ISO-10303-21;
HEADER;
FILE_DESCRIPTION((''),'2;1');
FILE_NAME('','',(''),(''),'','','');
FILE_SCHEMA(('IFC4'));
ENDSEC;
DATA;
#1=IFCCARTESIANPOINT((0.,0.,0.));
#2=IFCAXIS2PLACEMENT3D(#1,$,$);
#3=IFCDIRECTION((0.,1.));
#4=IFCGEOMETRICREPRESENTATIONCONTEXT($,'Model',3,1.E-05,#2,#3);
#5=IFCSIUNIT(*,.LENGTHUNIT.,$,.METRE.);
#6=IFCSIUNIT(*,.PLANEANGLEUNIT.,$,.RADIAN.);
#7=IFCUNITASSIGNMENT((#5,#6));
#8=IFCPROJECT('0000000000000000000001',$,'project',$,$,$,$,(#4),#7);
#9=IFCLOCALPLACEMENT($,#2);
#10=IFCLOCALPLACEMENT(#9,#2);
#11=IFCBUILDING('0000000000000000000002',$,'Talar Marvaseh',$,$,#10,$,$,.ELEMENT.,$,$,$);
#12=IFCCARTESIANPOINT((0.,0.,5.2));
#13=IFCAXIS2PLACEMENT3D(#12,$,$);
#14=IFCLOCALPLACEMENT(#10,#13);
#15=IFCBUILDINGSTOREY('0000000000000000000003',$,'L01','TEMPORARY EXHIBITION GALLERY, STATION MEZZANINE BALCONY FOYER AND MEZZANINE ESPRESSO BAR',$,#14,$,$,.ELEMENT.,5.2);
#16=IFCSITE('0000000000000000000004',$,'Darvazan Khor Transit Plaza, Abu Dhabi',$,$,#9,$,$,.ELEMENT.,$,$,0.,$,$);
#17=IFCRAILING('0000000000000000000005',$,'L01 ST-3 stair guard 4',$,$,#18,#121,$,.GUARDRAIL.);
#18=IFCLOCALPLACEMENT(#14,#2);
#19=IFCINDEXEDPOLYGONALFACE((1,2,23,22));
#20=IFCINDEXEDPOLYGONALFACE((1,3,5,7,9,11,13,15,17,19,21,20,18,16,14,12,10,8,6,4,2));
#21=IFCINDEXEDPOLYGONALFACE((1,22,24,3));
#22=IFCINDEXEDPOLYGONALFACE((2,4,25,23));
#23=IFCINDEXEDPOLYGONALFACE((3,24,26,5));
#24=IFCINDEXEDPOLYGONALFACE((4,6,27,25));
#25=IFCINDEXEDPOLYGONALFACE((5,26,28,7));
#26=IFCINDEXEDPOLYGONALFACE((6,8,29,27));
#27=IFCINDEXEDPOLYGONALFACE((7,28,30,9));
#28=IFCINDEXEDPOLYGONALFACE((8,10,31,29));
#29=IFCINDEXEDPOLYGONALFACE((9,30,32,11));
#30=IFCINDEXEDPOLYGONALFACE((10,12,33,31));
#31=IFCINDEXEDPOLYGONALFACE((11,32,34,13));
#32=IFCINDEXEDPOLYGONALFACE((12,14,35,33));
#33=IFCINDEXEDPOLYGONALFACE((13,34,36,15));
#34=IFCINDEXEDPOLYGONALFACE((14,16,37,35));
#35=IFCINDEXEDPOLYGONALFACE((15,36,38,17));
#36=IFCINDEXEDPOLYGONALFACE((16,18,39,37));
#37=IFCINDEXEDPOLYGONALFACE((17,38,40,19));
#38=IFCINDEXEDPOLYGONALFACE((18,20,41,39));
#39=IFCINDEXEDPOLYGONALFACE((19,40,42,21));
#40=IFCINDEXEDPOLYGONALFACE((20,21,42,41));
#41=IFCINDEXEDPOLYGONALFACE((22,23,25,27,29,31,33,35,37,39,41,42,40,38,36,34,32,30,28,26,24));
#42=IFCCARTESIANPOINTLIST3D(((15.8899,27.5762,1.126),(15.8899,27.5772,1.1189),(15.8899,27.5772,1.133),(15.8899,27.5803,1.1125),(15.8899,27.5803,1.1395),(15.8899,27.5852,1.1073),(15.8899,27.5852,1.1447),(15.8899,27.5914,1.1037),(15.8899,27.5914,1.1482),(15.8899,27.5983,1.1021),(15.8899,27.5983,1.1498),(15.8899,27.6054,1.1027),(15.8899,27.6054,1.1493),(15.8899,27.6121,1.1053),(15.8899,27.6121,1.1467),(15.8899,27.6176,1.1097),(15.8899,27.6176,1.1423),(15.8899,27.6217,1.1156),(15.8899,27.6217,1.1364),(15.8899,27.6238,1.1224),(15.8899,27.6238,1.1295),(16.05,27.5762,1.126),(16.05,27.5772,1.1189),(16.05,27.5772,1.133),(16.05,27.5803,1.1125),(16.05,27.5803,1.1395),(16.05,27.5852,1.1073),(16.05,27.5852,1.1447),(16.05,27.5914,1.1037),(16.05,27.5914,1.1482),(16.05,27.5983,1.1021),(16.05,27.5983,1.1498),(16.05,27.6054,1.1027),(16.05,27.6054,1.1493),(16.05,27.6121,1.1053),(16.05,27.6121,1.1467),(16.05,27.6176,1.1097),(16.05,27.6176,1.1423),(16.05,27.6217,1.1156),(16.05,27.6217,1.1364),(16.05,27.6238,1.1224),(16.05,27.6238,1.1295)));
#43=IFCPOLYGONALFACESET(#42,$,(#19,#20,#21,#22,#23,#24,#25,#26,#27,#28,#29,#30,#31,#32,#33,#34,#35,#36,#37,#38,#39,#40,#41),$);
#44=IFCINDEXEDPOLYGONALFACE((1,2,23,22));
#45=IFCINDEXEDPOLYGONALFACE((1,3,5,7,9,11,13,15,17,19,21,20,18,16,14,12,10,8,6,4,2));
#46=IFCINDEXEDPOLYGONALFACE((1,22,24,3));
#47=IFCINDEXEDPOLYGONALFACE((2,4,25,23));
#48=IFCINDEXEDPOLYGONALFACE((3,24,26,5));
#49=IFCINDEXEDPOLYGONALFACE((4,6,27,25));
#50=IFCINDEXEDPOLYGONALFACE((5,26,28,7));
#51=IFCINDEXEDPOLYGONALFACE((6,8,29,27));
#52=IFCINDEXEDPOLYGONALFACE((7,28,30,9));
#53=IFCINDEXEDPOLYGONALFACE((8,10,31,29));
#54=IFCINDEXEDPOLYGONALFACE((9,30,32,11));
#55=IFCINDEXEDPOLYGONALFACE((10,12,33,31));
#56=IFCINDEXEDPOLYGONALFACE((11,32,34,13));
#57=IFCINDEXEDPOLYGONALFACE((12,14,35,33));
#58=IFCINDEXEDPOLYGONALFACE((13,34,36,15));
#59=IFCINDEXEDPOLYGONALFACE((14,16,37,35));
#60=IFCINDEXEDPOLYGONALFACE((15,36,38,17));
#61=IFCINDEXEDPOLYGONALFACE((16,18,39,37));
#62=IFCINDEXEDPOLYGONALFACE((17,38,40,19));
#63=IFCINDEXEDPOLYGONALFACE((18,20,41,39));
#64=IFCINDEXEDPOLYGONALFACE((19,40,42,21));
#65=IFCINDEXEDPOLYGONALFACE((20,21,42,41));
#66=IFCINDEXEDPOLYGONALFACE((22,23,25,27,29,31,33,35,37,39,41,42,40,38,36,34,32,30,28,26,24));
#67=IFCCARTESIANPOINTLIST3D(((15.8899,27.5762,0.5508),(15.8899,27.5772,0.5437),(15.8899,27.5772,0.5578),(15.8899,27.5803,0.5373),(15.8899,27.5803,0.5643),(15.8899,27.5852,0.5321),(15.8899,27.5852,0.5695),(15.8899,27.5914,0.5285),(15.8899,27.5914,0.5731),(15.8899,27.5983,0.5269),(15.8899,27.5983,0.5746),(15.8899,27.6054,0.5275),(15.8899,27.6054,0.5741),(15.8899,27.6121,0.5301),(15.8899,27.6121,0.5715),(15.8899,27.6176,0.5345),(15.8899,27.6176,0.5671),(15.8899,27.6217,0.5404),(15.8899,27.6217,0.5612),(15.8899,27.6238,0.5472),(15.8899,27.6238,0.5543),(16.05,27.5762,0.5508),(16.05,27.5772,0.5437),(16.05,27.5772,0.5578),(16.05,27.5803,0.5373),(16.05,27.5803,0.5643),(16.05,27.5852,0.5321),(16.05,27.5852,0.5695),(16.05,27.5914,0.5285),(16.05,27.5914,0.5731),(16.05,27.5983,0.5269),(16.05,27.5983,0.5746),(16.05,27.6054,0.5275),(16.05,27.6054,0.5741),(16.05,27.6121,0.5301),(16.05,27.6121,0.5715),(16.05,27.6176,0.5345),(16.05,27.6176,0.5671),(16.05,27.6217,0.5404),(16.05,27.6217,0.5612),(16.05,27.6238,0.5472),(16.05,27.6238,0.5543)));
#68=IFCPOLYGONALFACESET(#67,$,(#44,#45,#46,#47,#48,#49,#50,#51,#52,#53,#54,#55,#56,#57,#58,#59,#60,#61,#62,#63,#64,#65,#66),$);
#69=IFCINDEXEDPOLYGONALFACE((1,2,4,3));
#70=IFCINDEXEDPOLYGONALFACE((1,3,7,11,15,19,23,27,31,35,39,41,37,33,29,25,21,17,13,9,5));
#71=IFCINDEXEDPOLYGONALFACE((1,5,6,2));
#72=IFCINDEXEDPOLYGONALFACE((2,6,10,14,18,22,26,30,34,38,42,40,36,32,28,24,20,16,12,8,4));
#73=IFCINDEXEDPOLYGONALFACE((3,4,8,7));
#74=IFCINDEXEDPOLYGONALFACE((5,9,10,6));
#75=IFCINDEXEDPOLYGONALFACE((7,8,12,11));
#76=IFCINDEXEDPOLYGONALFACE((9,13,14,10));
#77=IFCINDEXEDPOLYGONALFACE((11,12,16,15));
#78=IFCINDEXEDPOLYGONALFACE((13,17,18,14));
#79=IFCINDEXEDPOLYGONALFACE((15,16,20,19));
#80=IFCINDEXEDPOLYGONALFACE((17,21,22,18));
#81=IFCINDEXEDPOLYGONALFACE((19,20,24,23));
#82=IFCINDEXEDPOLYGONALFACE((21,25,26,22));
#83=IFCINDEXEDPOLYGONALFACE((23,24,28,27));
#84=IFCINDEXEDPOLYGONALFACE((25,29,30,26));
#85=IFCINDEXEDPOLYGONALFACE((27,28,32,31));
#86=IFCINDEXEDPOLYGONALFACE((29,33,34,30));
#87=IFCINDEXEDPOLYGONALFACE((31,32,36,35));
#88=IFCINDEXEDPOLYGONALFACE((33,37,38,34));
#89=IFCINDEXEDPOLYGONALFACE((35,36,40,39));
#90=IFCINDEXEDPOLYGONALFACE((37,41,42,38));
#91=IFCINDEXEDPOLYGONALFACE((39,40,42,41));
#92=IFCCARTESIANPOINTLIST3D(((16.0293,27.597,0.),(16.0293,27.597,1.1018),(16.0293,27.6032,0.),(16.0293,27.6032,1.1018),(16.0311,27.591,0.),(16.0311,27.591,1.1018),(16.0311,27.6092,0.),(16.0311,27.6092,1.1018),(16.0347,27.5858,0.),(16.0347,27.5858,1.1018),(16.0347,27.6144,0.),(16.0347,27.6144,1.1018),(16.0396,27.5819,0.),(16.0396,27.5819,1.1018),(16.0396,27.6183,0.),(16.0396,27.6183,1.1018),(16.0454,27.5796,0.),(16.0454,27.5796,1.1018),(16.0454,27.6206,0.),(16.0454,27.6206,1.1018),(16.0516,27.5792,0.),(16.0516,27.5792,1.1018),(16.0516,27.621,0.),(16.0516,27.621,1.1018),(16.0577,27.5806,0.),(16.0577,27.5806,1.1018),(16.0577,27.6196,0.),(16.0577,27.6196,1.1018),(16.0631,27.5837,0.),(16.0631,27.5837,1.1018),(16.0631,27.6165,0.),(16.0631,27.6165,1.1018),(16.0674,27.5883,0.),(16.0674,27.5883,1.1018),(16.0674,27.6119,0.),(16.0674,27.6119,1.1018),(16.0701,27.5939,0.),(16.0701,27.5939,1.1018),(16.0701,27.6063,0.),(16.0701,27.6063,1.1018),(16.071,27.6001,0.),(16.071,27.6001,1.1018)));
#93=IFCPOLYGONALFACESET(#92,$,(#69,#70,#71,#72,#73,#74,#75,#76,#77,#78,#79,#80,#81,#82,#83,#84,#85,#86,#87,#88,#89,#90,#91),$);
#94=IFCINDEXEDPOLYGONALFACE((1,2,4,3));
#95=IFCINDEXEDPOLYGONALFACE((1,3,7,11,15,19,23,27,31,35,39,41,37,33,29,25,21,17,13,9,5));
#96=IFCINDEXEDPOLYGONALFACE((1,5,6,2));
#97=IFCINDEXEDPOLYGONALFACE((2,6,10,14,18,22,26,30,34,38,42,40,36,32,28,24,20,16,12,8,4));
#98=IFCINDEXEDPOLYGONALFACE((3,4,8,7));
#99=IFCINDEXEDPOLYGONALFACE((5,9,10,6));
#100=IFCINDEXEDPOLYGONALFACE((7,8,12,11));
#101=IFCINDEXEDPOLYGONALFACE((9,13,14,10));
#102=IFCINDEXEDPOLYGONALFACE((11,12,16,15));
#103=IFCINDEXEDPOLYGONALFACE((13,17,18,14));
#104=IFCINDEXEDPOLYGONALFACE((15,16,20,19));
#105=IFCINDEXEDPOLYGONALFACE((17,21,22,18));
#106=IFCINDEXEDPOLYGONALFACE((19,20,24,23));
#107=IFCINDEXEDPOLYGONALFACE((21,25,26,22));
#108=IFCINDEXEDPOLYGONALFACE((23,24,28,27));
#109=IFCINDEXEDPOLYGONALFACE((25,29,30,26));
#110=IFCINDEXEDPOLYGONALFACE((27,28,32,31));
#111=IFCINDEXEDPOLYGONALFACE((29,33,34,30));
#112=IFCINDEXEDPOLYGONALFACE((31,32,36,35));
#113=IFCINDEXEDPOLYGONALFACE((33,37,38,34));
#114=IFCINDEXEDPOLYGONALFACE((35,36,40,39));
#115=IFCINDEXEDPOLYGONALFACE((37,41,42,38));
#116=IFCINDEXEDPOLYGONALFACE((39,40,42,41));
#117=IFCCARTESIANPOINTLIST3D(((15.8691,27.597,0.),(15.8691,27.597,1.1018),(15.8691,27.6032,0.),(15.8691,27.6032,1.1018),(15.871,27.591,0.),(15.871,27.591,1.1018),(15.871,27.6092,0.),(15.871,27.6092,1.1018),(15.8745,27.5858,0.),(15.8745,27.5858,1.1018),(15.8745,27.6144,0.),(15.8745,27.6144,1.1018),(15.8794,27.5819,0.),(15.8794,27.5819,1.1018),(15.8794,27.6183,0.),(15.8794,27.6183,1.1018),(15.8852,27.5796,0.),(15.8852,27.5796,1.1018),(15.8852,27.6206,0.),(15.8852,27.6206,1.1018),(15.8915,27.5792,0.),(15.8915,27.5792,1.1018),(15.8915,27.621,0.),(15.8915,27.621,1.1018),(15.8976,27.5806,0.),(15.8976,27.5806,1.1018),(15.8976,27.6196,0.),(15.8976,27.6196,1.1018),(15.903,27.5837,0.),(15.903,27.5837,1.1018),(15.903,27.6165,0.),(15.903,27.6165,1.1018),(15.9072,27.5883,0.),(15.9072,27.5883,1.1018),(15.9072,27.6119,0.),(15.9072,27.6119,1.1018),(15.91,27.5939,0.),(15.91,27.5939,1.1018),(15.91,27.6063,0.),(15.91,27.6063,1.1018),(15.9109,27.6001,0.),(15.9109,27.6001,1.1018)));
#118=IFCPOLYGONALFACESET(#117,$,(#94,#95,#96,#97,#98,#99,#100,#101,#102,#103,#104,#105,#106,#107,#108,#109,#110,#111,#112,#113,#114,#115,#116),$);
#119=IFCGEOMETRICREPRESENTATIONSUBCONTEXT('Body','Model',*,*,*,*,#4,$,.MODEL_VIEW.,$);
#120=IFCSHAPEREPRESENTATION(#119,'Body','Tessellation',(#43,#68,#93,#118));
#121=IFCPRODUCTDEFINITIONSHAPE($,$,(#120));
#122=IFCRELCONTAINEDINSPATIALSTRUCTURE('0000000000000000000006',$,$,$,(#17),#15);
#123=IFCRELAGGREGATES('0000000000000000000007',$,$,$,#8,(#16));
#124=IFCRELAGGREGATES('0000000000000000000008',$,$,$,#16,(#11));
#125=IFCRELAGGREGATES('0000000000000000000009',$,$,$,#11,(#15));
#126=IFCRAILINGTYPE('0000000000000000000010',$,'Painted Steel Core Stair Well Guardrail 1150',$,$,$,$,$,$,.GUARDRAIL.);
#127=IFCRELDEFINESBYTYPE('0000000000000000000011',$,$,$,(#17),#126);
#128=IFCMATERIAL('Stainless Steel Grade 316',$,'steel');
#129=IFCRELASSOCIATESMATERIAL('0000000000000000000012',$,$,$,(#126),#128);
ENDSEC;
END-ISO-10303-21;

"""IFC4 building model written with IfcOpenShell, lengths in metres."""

from ifc_helpers import new_model, si_unit, direction, frame, origin, origin_2d, place, context, subcontext, project, spatial, circle, extrude, material, type_object, element, save


model = new_model("IFC4")

# Units and contexts
model_context = context("Model", 3, precision=1e-05, world=origin(), true_north=direction((0.0, 1.0)))
body_context = subcontext(model_context, "Body", "Model", "MODEL_VIEW")
ifc_project = project(units=[si_unit("LENGTHUNIT", "METRE"), si_unit("PLANEANGLEUNIT", "RADIAN")], contexts=[model_context])

# Site, building, storey
site_placement = place(None, origin())
site = spatial("IfcSite", under=ifc_project, at=site_placement, Name="Darvazan Khor Transit Plaza, Abu Dhabi", CompositionType="ELEMENT", RefElevation=0.0)
building_placement = place(site_placement, origin())
building = spatial("IfcBuilding", under=site, at=building_placement, Name="Talar Marvaseh", CompositionType="ELEMENT")
storey_placement = place(building_placement, frame((0.0, 0.0, 5.2)))
storey = spatial("IfcBuildingStorey", under=building, at=storey_placement, Name="L01", Description="TEMPORARY EXHIBITION GALLERY, STATION MEZZANINE BALCONY FOYER AND MEZZANINE ESPRESSO BAR", CompositionType="ELEMENT", Elevation=5.2)

# Railing
ifc_material_1 = material(Name="Stainless Steel Grade 316", Category="steel")
railing_type = type_object("IfcRailingType", Name="Painted Steel Core Stair Well Guardrail 1150", PredefinedType="GUARDRAIL", material=ifc_material_1)
railing_1_placement = place(storey_placement, frame((16.05, 27.6001, 0.0)))
element("IfcRailing", 1, at=railing_1_placement, inside=storey, type_object=railing_type, Name="L01 ST-3 stair guard 4", PredefinedType="GUARDRAIL", context=body_context, shape_type="SweptSolid", body=[
    extrude(circle(Radius=0.0239, at=origin_2d()), frame((0.0, 0.0, 1.126), z_axis=(-1.0, 0.0, 0.0), x_axis=(0.0, -1.0, 0.0)), (0.0, 0.0, 1.0), 0.1602),
    extrude(circle(Radius=0.0239, at=origin_2d()), frame((0.0, 0.0, 0.5508), z_axis=(-1.0, 0.0, 0.0), x_axis=(0.0, -1.0, 0.0)), (0.0, 0.0, 1.0), 0.1602),
    extrude(circle(Radius=0.021, at=origin_2d()), origin(), (0.0, 0.0, 1.0), 1.1018),
    extrude(circle(Radius=0.021, at=origin_2d()), frame((-0.1602, 0.0, 0.0)), (0.0, 0.0, 1.0), 1.1018),
])

save(model, "model.ifc")
